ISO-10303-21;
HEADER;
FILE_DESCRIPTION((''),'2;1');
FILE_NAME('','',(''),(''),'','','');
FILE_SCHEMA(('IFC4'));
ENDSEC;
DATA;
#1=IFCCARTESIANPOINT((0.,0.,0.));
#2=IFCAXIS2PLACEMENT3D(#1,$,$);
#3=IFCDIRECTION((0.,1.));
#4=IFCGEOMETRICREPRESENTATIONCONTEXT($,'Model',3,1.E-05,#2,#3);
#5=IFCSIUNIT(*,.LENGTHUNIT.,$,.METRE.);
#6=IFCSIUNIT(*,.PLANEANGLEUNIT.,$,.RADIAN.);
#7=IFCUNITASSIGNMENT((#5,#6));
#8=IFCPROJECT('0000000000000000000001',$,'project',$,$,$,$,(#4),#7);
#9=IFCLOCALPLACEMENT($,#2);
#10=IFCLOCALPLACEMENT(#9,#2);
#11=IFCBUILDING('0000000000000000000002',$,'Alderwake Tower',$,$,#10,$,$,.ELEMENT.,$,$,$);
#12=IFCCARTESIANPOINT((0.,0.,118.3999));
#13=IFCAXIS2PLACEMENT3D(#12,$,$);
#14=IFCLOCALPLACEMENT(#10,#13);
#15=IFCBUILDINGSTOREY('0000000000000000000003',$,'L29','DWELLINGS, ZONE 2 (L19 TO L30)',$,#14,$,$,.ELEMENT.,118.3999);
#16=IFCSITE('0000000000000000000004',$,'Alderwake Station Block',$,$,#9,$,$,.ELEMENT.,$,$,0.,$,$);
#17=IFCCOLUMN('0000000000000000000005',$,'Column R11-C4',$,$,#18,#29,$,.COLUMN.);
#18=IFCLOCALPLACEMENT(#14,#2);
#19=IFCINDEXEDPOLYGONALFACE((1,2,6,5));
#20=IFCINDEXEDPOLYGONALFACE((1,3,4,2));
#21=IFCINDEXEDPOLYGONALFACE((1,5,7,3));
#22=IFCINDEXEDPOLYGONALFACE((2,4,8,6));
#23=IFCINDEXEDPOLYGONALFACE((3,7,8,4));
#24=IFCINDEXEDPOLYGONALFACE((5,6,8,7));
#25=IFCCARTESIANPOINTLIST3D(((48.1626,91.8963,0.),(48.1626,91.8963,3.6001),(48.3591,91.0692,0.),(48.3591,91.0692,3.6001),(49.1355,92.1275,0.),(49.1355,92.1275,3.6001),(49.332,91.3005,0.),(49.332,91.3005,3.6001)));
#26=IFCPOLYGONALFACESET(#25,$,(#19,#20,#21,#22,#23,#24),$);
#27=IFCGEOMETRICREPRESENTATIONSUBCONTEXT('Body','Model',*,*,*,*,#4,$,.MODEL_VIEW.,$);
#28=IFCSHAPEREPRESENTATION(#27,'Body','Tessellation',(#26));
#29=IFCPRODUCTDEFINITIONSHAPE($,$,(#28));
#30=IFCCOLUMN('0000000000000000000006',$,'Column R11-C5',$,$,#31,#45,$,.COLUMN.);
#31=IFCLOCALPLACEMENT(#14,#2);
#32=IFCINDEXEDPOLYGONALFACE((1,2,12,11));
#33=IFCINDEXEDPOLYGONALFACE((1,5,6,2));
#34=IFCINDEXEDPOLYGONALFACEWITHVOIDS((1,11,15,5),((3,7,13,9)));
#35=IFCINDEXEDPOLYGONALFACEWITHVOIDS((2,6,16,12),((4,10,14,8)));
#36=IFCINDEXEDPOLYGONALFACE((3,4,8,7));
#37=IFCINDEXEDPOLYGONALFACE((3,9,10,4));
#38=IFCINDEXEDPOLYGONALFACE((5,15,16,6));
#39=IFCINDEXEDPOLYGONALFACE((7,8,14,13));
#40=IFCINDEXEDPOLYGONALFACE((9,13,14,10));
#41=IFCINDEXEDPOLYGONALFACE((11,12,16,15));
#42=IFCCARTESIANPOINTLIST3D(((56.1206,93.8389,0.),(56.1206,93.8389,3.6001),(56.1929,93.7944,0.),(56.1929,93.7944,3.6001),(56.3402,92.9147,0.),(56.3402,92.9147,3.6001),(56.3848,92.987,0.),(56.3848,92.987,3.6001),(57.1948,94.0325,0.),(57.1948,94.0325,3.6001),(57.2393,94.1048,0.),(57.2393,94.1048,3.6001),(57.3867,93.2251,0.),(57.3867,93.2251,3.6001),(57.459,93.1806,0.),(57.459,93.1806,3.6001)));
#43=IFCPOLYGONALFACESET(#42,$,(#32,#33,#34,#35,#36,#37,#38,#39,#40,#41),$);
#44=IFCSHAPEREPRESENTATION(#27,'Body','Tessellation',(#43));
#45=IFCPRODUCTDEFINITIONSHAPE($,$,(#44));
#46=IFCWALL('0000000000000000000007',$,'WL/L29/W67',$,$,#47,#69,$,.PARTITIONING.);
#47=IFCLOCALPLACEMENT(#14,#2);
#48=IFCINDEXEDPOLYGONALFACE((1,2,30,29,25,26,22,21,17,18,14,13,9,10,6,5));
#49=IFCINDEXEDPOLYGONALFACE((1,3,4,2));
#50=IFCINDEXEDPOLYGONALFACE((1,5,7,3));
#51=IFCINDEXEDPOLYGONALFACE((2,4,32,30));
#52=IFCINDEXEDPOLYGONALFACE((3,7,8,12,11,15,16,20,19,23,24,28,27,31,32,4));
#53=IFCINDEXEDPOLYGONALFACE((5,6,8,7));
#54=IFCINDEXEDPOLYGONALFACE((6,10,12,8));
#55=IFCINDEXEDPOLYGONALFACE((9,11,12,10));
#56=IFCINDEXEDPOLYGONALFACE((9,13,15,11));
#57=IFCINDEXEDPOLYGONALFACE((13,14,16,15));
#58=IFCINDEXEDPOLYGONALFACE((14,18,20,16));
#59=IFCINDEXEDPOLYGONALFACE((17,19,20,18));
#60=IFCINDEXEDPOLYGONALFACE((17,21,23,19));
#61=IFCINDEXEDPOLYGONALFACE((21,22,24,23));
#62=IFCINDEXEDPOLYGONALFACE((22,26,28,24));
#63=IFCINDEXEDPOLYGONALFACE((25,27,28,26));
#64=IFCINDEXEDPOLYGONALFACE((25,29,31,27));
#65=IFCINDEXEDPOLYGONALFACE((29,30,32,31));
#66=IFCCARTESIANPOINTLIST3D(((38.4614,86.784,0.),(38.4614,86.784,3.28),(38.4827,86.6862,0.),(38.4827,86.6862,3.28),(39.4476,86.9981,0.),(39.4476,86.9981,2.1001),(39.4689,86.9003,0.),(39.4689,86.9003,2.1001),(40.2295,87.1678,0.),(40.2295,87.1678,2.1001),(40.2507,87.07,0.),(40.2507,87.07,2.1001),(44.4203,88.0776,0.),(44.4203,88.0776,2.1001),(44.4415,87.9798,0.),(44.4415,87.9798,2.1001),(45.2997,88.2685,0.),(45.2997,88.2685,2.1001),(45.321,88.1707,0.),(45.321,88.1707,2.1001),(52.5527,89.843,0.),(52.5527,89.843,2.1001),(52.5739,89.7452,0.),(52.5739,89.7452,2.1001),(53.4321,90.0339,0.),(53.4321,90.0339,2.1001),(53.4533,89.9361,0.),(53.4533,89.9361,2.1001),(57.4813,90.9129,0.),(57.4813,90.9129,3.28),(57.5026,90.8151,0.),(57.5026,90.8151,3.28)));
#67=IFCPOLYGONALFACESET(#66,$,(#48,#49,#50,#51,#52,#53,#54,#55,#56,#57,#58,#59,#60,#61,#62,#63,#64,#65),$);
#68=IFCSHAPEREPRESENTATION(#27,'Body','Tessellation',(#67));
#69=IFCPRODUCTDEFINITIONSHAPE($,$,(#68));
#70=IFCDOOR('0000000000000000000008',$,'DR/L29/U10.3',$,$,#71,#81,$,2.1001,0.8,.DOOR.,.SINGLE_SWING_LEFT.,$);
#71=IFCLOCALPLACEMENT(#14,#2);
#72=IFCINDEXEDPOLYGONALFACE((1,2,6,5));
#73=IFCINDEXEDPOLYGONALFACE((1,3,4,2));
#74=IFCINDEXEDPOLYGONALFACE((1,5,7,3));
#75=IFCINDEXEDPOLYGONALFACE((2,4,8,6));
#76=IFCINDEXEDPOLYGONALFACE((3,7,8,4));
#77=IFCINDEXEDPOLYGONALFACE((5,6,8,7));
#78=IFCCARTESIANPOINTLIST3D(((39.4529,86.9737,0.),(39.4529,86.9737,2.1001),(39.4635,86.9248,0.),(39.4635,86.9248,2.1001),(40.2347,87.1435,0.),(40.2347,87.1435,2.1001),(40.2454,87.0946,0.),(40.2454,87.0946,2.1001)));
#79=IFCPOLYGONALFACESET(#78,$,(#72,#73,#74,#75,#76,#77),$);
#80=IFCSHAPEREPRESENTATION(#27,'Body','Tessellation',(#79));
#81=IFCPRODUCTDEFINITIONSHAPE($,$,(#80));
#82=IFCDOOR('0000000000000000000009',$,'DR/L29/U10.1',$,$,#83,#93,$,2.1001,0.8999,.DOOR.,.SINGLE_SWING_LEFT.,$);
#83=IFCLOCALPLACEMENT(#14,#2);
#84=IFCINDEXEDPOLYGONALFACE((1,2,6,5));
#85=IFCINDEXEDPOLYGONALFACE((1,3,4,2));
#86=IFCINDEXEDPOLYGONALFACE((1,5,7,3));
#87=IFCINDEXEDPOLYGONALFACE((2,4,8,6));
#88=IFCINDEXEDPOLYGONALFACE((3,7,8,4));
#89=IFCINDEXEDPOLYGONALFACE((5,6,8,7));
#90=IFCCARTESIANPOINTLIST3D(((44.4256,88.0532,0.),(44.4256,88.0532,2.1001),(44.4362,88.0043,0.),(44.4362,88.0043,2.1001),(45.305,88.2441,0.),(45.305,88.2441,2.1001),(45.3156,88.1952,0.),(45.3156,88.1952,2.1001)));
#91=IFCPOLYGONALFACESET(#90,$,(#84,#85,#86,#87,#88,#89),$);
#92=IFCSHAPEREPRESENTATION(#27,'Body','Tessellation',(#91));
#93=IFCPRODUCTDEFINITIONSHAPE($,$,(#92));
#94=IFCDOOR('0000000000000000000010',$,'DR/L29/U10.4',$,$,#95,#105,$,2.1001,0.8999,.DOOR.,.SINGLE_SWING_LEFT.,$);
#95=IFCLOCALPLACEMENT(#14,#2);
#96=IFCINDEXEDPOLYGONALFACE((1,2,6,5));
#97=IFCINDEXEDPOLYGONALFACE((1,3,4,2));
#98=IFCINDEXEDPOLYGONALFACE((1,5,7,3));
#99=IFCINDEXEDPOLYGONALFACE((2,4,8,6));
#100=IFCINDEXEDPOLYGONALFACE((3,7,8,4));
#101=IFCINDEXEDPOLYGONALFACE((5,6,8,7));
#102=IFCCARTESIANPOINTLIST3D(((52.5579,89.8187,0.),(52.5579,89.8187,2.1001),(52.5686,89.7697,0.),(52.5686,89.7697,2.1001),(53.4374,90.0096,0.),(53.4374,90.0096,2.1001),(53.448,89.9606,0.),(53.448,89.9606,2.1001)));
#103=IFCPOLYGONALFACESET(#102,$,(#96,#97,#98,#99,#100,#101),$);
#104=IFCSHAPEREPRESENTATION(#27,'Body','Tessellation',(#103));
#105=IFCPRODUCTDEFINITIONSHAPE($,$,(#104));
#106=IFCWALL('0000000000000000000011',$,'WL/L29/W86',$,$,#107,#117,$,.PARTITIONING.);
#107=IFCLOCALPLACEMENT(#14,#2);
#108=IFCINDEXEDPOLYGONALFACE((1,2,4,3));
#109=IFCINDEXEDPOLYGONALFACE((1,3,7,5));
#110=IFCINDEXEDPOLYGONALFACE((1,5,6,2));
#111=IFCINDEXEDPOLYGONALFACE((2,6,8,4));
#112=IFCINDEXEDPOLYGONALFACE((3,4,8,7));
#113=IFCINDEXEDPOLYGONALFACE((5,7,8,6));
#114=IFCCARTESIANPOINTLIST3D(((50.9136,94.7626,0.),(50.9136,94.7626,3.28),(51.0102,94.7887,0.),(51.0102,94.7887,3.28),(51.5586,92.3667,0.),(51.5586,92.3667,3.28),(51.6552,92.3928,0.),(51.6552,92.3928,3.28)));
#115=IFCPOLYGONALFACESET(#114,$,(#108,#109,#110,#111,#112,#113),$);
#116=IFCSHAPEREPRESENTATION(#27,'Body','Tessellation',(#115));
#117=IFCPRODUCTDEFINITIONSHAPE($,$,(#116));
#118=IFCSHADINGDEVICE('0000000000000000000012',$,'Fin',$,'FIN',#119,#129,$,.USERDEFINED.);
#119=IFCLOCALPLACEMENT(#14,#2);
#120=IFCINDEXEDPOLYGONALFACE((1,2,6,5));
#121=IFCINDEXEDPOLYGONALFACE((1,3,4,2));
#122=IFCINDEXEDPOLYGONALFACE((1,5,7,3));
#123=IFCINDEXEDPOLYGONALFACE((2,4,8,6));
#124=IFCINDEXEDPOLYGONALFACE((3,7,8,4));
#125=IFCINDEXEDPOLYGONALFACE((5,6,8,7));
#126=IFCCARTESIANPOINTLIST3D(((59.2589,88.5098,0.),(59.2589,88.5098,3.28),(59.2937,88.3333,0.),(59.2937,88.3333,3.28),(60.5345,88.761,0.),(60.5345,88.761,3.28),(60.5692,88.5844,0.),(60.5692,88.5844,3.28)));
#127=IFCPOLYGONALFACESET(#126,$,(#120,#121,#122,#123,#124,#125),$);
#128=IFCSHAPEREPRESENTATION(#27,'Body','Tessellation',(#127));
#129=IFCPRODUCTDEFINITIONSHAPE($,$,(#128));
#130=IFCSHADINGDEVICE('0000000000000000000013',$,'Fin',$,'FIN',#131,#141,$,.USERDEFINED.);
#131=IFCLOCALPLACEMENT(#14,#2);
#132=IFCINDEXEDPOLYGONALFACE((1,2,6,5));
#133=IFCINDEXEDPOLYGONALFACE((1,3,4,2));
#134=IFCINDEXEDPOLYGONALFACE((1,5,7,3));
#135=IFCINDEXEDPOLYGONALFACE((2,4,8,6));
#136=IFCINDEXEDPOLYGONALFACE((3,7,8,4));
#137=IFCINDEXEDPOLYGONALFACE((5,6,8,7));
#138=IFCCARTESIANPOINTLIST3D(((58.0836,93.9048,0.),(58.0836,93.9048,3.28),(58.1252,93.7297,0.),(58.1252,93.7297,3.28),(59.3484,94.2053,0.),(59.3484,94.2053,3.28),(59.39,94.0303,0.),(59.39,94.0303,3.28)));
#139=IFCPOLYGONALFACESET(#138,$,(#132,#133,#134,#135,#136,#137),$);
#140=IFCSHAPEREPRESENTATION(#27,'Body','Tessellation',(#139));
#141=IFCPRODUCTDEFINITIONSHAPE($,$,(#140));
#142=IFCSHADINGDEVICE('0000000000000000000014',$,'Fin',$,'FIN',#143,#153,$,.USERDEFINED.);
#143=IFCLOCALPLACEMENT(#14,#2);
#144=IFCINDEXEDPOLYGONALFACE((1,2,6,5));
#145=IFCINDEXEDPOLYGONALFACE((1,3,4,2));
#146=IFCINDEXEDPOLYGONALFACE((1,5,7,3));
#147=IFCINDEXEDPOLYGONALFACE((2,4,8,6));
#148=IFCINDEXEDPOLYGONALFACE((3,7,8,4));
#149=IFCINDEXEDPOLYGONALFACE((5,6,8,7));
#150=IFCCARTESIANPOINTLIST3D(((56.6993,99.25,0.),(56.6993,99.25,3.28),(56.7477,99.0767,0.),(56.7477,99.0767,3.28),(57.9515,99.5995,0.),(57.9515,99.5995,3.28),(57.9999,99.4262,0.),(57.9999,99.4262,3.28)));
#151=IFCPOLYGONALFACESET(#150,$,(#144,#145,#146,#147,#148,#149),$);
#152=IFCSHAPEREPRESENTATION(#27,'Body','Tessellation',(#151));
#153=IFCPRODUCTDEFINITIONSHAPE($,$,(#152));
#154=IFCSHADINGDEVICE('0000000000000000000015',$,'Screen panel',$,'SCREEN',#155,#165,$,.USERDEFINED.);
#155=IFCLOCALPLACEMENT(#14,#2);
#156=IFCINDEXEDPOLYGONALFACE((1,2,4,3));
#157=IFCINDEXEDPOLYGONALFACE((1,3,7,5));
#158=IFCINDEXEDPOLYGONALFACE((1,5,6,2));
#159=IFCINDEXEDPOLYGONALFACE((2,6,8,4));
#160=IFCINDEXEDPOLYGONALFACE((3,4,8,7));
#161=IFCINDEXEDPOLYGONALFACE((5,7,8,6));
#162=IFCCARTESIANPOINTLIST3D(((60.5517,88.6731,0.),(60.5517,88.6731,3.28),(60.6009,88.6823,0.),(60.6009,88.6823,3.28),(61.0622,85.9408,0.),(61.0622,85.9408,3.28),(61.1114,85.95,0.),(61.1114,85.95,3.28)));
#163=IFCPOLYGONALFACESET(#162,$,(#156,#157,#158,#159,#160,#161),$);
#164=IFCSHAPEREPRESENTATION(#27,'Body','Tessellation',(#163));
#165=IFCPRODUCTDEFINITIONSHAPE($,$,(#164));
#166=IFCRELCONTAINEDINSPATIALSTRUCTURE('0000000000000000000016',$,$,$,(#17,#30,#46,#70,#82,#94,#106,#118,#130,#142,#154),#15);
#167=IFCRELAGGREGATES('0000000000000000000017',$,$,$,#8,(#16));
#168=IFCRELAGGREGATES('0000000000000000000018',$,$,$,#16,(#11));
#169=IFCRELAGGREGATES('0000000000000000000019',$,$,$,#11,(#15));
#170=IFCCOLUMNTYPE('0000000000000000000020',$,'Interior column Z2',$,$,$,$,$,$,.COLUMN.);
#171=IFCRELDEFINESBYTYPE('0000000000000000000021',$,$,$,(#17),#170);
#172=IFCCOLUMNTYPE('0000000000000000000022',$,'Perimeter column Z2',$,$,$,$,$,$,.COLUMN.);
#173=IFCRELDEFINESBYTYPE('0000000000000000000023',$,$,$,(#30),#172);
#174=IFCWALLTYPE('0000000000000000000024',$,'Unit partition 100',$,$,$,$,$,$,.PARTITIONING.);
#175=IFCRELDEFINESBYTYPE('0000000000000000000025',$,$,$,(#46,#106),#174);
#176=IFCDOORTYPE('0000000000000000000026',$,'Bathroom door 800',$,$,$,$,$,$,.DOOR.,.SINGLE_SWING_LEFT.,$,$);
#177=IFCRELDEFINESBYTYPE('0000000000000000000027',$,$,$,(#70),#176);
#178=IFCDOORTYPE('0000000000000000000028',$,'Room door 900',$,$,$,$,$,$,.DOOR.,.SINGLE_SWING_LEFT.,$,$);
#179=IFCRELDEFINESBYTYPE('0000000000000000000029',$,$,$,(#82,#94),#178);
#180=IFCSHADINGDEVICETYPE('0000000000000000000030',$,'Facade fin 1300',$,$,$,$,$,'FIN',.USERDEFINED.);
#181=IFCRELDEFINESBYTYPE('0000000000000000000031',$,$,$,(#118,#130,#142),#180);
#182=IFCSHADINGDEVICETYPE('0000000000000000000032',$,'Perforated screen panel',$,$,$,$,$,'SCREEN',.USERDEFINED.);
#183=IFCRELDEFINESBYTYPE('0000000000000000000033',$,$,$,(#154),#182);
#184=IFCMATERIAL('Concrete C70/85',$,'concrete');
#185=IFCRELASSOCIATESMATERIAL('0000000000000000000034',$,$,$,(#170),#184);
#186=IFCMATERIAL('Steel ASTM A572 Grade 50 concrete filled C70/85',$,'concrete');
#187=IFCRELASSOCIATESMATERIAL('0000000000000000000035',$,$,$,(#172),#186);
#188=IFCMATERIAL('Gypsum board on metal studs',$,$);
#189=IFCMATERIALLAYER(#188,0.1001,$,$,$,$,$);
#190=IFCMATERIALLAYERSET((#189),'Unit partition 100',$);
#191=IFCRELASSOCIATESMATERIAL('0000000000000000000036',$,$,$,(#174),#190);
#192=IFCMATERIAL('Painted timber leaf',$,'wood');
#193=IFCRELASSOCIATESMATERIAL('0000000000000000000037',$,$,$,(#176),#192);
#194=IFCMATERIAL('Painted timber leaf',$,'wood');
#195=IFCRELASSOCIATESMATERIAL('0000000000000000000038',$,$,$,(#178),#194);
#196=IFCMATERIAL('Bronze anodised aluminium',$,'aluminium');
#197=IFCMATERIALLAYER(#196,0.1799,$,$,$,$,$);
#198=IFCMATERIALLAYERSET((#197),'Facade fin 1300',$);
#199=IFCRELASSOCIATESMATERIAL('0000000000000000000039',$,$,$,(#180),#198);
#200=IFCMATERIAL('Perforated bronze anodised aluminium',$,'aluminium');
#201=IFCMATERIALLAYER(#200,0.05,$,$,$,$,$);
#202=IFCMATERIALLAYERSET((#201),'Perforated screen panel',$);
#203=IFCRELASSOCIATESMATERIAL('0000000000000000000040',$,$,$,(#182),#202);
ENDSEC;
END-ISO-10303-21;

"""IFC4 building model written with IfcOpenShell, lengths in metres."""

from ifc_helpers import new_model, si_unit, direction, frame, frame_2d, origin, origin_2d, place, context, subcontext, project, spatial, rectangle, hollow_rectangle, extrude, material, layer, layer_set, material_profile, profile_set, type_object, element, fill, save


model = new_model("IFC4")

# Units and contexts
model_context = context("Model", 3, precision=1e-05, world=origin(), true_north=direction((0.0, 1.0)))
body_context = subcontext(model_context, "Body", "Model", "MODEL_VIEW")
ifc_project = project(units=[si_unit("LENGTHUNIT", "METRE"), si_unit("PLANEANGLEUNIT", "RADIAN")], contexts=[model_context])

# Site, building, storey
site_placement = place(None, origin())
site = spatial("IfcSite", under=ifc_project, at=site_placement, Name="Alderwake Station Block", CompositionType="ELEMENT", RefElevation=0.0)
building_placement = place(site_placement, origin())
building = spatial("IfcBuilding", under=site, at=building_placement, Name="Alderwake Tower", CompositionType="ELEMENT")
storey_placement = place(building_placement, frame((0.0, 0.0, 118.3999)))
storey = spatial("IfcBuildingStorey", under=building, at=storey_placement, Name="L29", Description="DWELLINGS, ZONE 2 (L19 TO L30)", CompositionType="ELEMENT", Elevation=118.3999)

# Columns
ifc_material_1 = material(Name="Concrete C70/85", Category="concrete")
ifc_material_profile_1 = material_profile(ifc_material_1, rectangle(XDim=0.8501, YDim=1.0, at=origin_2d()), Name="RC 1000X850")
ifc_profile_set_1 = profile_set([ifc_material_profile_1], Name="Concrete C70/85")
column_type_1 = type_object("IfcColumnType", Name="Interior column Z2", PredefinedType="COLUMN", material=ifc_profile_set_1)
column_1_placement = place(storey_placement, frame((48.7473, 91.5984, 0.0), z_axis=(0.0, 0.0, 1.0), x_axis=(-0.231222, 0.972901, 0.0)))
element("IfcColumn", 1, at=column_1_placement, inside=storey, type_object=column_type_1, Name="Column R11-C4", PredefinedType="COLUMN", context=body_context, shape_type="SweptSolid", body=[
    extrude(rectangle(XDim=0.8501, YDim=1.0, at=origin_2d()), origin(), (0.0, 0.0, 1.0), 3.6001),
])
ifc_material_2 = material(Name="Steel ASTM A572 Grade 50 concrete filled C70/85", Category="concrete")
ifc_material_profile_2 = material_profile(ifc_material_2, hollow_rectangle(XDim=0.95, YDim=1.1499, WallThickness=0.0601, at=origin_2d()), Name="BOX 1150X950X60")
ifc_profile_set_2 = profile_set([ifc_material_profile_2], Name="Steel ASTM A572 Grade 50 concrete filled C70/85")
column_type_2 = type_object("IfcColumnType", Name="Perimeter column Z2", PredefinedType="COLUMN", material=ifc_profile_set_2)
column_2_placement = place(storey_placement, frame((56.7898, 93.5098, 0.0), z_axis=(0.0, 0.0, 1.0), x_axis=(-0.231222, 0.972901, 0.0)))
element("IfcColumn", 2, at=column_2_placement, inside=storey, type_object=column_type_2, Name="Column R11-C5", PredefinedType="COLUMN", context=body_context, shape_type="SweptSolid", body=[
    extrude(hollow_rectangle(XDim=0.95, YDim=1.1499, WallThickness=0.0601, at=origin_2d()), origin(), (0.0, 0.0, 1.0), 3.6001),
])

# Wall, openings, doors
ifc_material_3 = material(Name="Gypsum board on metal studs")
ifc_layer_1 = layer(ifc_material_3, 0.1001)
ifc_layer_set_1 = layer_set([ifc_layer_1], Name="Unit partition 100")
wall_type_1 = type_object("IfcWallType", Name="Unit partition 100", PredefinedType="PARTITIONING", material=ifc_layer_set_1)
wall_1_placement = place(storey_placement, frame((57.4919, 90.864, 0.0), z_axis=(0.0, 0.0, 1.0), x_axis=(-0.977238, -0.212144, 0.0)))
wall_1 = element("IfcWall", 3, at=wall_1_placement, inside=storey, type_object=wall_type_1, Name="WL/L29/W67", PredefinedType="PARTITIONING", context=body_context, shape_type="SweptSolid", body=[
    extrude(rectangle(XDim=19.4629, YDim=0.1001, at=frame_2d((9.7314, 0.0))), origin(), (0.0, 0.0, 1.0), 3.28),
])
opening_1_placement = place(wall_1_placement, frame((12.4653, 0.0, 0.0)))
opening_1 = element("IfcOpeningElement", 4, at=opening_1_placement, cuts=wall_1, PredefinedType="OPENING", context=body_context, shape_type="SweptSolid", body=[
    extrude(rectangle(XDim=0.8999, YDim=2.1001, at=frame_2d((0.45, 1.05))), frame((0.0, 0.0601, 0.0), z_axis=(0.0, -1.0, 0.0), x_axis=(1.0, 0.0, 0.0)), (0.0, 0.0, 1.0), 0.1201),
])
opening_2_placement = place(wall_1_placement, frame((17.6538, 0.0, 0.0)))
opening_2 = element("IfcOpeningElement", 5, at=opening_2_placement, cuts=wall_1, PredefinedType="OPENING", context=body_context, shape_type="SweptSolid", body=[
    extrude(rectangle(XDim=0.8, YDim=2.1001, at=frame_2d((0.3999, 1.05))), frame((0.0, 0.0601, 0.0), z_axis=(0.0, -1.0, 0.0), x_axis=(1.0, 0.0, 0.0)), (0.0, 0.0, 1.0), 0.1201),
])
opening_3_placement = place(wall_1_placement, frame((4.1436, 0.0, 0.0)))
opening_3 = element("IfcOpeningElement", 6, at=opening_3_placement, cuts=wall_1, PredefinedType="OPENING", context=body_context, shape_type="SweptSolid", body=[
    extrude(rectangle(XDim=0.8999, YDim=2.1001, at=frame_2d((0.45, 1.05))), frame((0.0, 0.0601, 0.0), z_axis=(0.0, -1.0, 0.0), x_axis=(1.0, 0.0, 0.0)), (0.0, 0.0, 1.0), 0.1201),
])
ifc_material_4 = material(Name="Painted timber leaf", Category="wood")
door_type_1 = type_object("IfcDoorType", Name="Bathroom door 800", OperationType="SINGLE_SWING_LEFT", PredefinedType="DOOR", material=ifc_material_4)
door_1_placement = place(opening_2_placement, origin())
door_1 = element("IfcDoor", 7, at=door_1_placement, inside=storey, type_object=door_type_1, Name="DR/L29/U10.3", OperationType="SINGLE_SWING_LEFT", OverallHeight=2.1001, OverallWidth=0.8, PredefinedType="DOOR", context=body_context, shape_type="SweptSolid", body=[
    extrude(rectangle(XDim=0.8, YDim=2.1001, at=frame_2d((0.3999, 1.05))), frame((0.0, 0.0249, 0.0), z_axis=(0.0, -1.0, 0.0), x_axis=(1.0, 0.0, 0.0)), (0.0, 0.0, 1.0), 0.05),
])
fill(opening_2, door_1)
ifc_material_5 = material(Name="Painted timber leaf", Category="wood")
door_type_2 = type_object("IfcDoorType", Name="Room door 900", OperationType="SINGLE_SWING_LEFT", PredefinedType="DOOR", material=ifc_material_5)
door_2_placement = place(opening_1_placement, origin())
door_2 = element("IfcDoor", 8, at=door_2_placement, inside=storey, type_object=door_type_2, Name="DR/L29/U10.1", OperationType="SINGLE_SWING_LEFT", OverallHeight=2.1001, OverallWidth=0.8999, PredefinedType="DOOR", context=body_context, shape_type="SweptSolid", body=[
    extrude(rectangle(XDim=0.8999, YDim=2.1001, at=frame_2d((0.45, 1.05))), frame((0.0, 0.0249, 0.0), z_axis=(0.0, -1.0, 0.0), x_axis=(1.0, 0.0, 0.0)), (0.0, 0.0, 1.0), 0.05),
])
fill(opening_1, door_2)
door_3_placement = place(opening_3_placement, origin())
door_3 = element("IfcDoor", 9, at=door_3_placement, inside=storey, type_object=door_type_2, Name="DR/L29/U10.4", OperationType="SINGLE_SWING_LEFT", OverallHeight=2.1001, OverallWidth=0.8999, PredefinedType="DOOR", context=body_context, shape_type="SweptSolid", body=[
    extrude(rectangle(XDim=0.8999, YDim=2.1001, at=frame_2d((0.45, 1.05))), frame((0.0, 0.0249, 0.0), z_axis=(0.0, -1.0, 0.0), x_axis=(1.0, 0.0, 0.0)), (0.0, 0.0, 1.0), 0.05),
])
fill(opening_3, door_3)

# Wall
wall_2_placement = place(storey_placement, frame((51.6069, 92.3796, 0.0), z_axis=(0.0, 0.0, 1.0), x_axis=(-0.259952, 0.965621, 0.0)))
element("IfcWall", 10, at=wall_2_placement, inside=storey, type_object=wall_type_1, Name="WL/L29/W86", PredefinedType="PARTITIONING", context=body_context, shape_type="SweptSolid", body=[
    extrude(rectangle(XDim=2.4812, YDim=0.1001, at=frame_2d((1.2407, 0.0))), origin(), (0.0, 0.0, 1.0), 3.28),
])

# Shading devices
ifc_material_6 = material(Name="Bronze anodised aluminium", Category="aluminium")
ifc_layer_2 = layer(ifc_material_6, 0.1799)
ifc_layer_set_2 = layer_set([ifc_layer_2], Name="Facade fin 1300")
shading_device_type_1 = type_object("IfcShadingDeviceType", Name="Facade fin 1300", ElementType="FIN", PredefinedType="USERDEFINED", material=ifc_layer_set_2)
for number, where, z_axis, x_axis, name in (
    (11, (59.9141, 88.5471, 0.0), (0.0, 0.0, 1.0), (0.981164, 0.193178, 0.0), "Fin"),
    (12, (58.7368, 93.9675, 0.0), (0.0, 0.0, 1.0), (0.972909, 0.231189, 0.0), "Fin"),
    (13, (57.3496, 99.3381, 0.0), (0.0, 0.0, 1.0), (0.963182, 0.268851, 0.0), "Fin"),
):
    element("IfcShadingDevice", number, at=place(storey_placement, frame(where, z_axis=z_axis, x_axis=x_axis)), inside=storey, type_object=shading_device_type_1, Name=name, ObjectType="FIN", PredefinedType="USERDEFINED", context=body_context, shape_type="SweptSolid", body=[
        extrude(rectangle(XDim=1.3, YDim=0.1799, at=origin_2d()), origin(), (0.0, 0.0, 1.0), 3.28),
    ])
ifc_material_7 = material(Name="Perforated bronze anodised aluminium", Category="aluminium")
ifc_layer_3 = layer(ifc_material_7, 0.05)
ifc_layer_set_3 = layer_set([ifc_layer_3], Name="Perforated screen panel")
shading_device_type_2 = type_object("IfcShadingDeviceType", Name="Perforated screen panel", ElementType="SCREEN", PredefinedType="USERDEFINED", material=ifc_layer_set_3)
shading_device_placement = place(storey_placement, frame((60.8315, 87.3115, 0.0), z_axis=(0.0, 0.0, 1.0), x_axis=(0.982991, 0.183651, 0.0)))
element("IfcShadingDevice", 14, at=shading_device_placement, inside=storey, type_object=shading_device_type_2, Name="Screen panel", ObjectType="SCREEN", PredefinedType="USERDEFINED", context=body_context, shape_type="SweptSolid", body=[
    extrude(rectangle(XDim=0.05, YDim=2.7795, at=origin_2d()), origin(), (0.0, 0.0, 1.0), 3.28),
])

save(model, "model.ifc")
